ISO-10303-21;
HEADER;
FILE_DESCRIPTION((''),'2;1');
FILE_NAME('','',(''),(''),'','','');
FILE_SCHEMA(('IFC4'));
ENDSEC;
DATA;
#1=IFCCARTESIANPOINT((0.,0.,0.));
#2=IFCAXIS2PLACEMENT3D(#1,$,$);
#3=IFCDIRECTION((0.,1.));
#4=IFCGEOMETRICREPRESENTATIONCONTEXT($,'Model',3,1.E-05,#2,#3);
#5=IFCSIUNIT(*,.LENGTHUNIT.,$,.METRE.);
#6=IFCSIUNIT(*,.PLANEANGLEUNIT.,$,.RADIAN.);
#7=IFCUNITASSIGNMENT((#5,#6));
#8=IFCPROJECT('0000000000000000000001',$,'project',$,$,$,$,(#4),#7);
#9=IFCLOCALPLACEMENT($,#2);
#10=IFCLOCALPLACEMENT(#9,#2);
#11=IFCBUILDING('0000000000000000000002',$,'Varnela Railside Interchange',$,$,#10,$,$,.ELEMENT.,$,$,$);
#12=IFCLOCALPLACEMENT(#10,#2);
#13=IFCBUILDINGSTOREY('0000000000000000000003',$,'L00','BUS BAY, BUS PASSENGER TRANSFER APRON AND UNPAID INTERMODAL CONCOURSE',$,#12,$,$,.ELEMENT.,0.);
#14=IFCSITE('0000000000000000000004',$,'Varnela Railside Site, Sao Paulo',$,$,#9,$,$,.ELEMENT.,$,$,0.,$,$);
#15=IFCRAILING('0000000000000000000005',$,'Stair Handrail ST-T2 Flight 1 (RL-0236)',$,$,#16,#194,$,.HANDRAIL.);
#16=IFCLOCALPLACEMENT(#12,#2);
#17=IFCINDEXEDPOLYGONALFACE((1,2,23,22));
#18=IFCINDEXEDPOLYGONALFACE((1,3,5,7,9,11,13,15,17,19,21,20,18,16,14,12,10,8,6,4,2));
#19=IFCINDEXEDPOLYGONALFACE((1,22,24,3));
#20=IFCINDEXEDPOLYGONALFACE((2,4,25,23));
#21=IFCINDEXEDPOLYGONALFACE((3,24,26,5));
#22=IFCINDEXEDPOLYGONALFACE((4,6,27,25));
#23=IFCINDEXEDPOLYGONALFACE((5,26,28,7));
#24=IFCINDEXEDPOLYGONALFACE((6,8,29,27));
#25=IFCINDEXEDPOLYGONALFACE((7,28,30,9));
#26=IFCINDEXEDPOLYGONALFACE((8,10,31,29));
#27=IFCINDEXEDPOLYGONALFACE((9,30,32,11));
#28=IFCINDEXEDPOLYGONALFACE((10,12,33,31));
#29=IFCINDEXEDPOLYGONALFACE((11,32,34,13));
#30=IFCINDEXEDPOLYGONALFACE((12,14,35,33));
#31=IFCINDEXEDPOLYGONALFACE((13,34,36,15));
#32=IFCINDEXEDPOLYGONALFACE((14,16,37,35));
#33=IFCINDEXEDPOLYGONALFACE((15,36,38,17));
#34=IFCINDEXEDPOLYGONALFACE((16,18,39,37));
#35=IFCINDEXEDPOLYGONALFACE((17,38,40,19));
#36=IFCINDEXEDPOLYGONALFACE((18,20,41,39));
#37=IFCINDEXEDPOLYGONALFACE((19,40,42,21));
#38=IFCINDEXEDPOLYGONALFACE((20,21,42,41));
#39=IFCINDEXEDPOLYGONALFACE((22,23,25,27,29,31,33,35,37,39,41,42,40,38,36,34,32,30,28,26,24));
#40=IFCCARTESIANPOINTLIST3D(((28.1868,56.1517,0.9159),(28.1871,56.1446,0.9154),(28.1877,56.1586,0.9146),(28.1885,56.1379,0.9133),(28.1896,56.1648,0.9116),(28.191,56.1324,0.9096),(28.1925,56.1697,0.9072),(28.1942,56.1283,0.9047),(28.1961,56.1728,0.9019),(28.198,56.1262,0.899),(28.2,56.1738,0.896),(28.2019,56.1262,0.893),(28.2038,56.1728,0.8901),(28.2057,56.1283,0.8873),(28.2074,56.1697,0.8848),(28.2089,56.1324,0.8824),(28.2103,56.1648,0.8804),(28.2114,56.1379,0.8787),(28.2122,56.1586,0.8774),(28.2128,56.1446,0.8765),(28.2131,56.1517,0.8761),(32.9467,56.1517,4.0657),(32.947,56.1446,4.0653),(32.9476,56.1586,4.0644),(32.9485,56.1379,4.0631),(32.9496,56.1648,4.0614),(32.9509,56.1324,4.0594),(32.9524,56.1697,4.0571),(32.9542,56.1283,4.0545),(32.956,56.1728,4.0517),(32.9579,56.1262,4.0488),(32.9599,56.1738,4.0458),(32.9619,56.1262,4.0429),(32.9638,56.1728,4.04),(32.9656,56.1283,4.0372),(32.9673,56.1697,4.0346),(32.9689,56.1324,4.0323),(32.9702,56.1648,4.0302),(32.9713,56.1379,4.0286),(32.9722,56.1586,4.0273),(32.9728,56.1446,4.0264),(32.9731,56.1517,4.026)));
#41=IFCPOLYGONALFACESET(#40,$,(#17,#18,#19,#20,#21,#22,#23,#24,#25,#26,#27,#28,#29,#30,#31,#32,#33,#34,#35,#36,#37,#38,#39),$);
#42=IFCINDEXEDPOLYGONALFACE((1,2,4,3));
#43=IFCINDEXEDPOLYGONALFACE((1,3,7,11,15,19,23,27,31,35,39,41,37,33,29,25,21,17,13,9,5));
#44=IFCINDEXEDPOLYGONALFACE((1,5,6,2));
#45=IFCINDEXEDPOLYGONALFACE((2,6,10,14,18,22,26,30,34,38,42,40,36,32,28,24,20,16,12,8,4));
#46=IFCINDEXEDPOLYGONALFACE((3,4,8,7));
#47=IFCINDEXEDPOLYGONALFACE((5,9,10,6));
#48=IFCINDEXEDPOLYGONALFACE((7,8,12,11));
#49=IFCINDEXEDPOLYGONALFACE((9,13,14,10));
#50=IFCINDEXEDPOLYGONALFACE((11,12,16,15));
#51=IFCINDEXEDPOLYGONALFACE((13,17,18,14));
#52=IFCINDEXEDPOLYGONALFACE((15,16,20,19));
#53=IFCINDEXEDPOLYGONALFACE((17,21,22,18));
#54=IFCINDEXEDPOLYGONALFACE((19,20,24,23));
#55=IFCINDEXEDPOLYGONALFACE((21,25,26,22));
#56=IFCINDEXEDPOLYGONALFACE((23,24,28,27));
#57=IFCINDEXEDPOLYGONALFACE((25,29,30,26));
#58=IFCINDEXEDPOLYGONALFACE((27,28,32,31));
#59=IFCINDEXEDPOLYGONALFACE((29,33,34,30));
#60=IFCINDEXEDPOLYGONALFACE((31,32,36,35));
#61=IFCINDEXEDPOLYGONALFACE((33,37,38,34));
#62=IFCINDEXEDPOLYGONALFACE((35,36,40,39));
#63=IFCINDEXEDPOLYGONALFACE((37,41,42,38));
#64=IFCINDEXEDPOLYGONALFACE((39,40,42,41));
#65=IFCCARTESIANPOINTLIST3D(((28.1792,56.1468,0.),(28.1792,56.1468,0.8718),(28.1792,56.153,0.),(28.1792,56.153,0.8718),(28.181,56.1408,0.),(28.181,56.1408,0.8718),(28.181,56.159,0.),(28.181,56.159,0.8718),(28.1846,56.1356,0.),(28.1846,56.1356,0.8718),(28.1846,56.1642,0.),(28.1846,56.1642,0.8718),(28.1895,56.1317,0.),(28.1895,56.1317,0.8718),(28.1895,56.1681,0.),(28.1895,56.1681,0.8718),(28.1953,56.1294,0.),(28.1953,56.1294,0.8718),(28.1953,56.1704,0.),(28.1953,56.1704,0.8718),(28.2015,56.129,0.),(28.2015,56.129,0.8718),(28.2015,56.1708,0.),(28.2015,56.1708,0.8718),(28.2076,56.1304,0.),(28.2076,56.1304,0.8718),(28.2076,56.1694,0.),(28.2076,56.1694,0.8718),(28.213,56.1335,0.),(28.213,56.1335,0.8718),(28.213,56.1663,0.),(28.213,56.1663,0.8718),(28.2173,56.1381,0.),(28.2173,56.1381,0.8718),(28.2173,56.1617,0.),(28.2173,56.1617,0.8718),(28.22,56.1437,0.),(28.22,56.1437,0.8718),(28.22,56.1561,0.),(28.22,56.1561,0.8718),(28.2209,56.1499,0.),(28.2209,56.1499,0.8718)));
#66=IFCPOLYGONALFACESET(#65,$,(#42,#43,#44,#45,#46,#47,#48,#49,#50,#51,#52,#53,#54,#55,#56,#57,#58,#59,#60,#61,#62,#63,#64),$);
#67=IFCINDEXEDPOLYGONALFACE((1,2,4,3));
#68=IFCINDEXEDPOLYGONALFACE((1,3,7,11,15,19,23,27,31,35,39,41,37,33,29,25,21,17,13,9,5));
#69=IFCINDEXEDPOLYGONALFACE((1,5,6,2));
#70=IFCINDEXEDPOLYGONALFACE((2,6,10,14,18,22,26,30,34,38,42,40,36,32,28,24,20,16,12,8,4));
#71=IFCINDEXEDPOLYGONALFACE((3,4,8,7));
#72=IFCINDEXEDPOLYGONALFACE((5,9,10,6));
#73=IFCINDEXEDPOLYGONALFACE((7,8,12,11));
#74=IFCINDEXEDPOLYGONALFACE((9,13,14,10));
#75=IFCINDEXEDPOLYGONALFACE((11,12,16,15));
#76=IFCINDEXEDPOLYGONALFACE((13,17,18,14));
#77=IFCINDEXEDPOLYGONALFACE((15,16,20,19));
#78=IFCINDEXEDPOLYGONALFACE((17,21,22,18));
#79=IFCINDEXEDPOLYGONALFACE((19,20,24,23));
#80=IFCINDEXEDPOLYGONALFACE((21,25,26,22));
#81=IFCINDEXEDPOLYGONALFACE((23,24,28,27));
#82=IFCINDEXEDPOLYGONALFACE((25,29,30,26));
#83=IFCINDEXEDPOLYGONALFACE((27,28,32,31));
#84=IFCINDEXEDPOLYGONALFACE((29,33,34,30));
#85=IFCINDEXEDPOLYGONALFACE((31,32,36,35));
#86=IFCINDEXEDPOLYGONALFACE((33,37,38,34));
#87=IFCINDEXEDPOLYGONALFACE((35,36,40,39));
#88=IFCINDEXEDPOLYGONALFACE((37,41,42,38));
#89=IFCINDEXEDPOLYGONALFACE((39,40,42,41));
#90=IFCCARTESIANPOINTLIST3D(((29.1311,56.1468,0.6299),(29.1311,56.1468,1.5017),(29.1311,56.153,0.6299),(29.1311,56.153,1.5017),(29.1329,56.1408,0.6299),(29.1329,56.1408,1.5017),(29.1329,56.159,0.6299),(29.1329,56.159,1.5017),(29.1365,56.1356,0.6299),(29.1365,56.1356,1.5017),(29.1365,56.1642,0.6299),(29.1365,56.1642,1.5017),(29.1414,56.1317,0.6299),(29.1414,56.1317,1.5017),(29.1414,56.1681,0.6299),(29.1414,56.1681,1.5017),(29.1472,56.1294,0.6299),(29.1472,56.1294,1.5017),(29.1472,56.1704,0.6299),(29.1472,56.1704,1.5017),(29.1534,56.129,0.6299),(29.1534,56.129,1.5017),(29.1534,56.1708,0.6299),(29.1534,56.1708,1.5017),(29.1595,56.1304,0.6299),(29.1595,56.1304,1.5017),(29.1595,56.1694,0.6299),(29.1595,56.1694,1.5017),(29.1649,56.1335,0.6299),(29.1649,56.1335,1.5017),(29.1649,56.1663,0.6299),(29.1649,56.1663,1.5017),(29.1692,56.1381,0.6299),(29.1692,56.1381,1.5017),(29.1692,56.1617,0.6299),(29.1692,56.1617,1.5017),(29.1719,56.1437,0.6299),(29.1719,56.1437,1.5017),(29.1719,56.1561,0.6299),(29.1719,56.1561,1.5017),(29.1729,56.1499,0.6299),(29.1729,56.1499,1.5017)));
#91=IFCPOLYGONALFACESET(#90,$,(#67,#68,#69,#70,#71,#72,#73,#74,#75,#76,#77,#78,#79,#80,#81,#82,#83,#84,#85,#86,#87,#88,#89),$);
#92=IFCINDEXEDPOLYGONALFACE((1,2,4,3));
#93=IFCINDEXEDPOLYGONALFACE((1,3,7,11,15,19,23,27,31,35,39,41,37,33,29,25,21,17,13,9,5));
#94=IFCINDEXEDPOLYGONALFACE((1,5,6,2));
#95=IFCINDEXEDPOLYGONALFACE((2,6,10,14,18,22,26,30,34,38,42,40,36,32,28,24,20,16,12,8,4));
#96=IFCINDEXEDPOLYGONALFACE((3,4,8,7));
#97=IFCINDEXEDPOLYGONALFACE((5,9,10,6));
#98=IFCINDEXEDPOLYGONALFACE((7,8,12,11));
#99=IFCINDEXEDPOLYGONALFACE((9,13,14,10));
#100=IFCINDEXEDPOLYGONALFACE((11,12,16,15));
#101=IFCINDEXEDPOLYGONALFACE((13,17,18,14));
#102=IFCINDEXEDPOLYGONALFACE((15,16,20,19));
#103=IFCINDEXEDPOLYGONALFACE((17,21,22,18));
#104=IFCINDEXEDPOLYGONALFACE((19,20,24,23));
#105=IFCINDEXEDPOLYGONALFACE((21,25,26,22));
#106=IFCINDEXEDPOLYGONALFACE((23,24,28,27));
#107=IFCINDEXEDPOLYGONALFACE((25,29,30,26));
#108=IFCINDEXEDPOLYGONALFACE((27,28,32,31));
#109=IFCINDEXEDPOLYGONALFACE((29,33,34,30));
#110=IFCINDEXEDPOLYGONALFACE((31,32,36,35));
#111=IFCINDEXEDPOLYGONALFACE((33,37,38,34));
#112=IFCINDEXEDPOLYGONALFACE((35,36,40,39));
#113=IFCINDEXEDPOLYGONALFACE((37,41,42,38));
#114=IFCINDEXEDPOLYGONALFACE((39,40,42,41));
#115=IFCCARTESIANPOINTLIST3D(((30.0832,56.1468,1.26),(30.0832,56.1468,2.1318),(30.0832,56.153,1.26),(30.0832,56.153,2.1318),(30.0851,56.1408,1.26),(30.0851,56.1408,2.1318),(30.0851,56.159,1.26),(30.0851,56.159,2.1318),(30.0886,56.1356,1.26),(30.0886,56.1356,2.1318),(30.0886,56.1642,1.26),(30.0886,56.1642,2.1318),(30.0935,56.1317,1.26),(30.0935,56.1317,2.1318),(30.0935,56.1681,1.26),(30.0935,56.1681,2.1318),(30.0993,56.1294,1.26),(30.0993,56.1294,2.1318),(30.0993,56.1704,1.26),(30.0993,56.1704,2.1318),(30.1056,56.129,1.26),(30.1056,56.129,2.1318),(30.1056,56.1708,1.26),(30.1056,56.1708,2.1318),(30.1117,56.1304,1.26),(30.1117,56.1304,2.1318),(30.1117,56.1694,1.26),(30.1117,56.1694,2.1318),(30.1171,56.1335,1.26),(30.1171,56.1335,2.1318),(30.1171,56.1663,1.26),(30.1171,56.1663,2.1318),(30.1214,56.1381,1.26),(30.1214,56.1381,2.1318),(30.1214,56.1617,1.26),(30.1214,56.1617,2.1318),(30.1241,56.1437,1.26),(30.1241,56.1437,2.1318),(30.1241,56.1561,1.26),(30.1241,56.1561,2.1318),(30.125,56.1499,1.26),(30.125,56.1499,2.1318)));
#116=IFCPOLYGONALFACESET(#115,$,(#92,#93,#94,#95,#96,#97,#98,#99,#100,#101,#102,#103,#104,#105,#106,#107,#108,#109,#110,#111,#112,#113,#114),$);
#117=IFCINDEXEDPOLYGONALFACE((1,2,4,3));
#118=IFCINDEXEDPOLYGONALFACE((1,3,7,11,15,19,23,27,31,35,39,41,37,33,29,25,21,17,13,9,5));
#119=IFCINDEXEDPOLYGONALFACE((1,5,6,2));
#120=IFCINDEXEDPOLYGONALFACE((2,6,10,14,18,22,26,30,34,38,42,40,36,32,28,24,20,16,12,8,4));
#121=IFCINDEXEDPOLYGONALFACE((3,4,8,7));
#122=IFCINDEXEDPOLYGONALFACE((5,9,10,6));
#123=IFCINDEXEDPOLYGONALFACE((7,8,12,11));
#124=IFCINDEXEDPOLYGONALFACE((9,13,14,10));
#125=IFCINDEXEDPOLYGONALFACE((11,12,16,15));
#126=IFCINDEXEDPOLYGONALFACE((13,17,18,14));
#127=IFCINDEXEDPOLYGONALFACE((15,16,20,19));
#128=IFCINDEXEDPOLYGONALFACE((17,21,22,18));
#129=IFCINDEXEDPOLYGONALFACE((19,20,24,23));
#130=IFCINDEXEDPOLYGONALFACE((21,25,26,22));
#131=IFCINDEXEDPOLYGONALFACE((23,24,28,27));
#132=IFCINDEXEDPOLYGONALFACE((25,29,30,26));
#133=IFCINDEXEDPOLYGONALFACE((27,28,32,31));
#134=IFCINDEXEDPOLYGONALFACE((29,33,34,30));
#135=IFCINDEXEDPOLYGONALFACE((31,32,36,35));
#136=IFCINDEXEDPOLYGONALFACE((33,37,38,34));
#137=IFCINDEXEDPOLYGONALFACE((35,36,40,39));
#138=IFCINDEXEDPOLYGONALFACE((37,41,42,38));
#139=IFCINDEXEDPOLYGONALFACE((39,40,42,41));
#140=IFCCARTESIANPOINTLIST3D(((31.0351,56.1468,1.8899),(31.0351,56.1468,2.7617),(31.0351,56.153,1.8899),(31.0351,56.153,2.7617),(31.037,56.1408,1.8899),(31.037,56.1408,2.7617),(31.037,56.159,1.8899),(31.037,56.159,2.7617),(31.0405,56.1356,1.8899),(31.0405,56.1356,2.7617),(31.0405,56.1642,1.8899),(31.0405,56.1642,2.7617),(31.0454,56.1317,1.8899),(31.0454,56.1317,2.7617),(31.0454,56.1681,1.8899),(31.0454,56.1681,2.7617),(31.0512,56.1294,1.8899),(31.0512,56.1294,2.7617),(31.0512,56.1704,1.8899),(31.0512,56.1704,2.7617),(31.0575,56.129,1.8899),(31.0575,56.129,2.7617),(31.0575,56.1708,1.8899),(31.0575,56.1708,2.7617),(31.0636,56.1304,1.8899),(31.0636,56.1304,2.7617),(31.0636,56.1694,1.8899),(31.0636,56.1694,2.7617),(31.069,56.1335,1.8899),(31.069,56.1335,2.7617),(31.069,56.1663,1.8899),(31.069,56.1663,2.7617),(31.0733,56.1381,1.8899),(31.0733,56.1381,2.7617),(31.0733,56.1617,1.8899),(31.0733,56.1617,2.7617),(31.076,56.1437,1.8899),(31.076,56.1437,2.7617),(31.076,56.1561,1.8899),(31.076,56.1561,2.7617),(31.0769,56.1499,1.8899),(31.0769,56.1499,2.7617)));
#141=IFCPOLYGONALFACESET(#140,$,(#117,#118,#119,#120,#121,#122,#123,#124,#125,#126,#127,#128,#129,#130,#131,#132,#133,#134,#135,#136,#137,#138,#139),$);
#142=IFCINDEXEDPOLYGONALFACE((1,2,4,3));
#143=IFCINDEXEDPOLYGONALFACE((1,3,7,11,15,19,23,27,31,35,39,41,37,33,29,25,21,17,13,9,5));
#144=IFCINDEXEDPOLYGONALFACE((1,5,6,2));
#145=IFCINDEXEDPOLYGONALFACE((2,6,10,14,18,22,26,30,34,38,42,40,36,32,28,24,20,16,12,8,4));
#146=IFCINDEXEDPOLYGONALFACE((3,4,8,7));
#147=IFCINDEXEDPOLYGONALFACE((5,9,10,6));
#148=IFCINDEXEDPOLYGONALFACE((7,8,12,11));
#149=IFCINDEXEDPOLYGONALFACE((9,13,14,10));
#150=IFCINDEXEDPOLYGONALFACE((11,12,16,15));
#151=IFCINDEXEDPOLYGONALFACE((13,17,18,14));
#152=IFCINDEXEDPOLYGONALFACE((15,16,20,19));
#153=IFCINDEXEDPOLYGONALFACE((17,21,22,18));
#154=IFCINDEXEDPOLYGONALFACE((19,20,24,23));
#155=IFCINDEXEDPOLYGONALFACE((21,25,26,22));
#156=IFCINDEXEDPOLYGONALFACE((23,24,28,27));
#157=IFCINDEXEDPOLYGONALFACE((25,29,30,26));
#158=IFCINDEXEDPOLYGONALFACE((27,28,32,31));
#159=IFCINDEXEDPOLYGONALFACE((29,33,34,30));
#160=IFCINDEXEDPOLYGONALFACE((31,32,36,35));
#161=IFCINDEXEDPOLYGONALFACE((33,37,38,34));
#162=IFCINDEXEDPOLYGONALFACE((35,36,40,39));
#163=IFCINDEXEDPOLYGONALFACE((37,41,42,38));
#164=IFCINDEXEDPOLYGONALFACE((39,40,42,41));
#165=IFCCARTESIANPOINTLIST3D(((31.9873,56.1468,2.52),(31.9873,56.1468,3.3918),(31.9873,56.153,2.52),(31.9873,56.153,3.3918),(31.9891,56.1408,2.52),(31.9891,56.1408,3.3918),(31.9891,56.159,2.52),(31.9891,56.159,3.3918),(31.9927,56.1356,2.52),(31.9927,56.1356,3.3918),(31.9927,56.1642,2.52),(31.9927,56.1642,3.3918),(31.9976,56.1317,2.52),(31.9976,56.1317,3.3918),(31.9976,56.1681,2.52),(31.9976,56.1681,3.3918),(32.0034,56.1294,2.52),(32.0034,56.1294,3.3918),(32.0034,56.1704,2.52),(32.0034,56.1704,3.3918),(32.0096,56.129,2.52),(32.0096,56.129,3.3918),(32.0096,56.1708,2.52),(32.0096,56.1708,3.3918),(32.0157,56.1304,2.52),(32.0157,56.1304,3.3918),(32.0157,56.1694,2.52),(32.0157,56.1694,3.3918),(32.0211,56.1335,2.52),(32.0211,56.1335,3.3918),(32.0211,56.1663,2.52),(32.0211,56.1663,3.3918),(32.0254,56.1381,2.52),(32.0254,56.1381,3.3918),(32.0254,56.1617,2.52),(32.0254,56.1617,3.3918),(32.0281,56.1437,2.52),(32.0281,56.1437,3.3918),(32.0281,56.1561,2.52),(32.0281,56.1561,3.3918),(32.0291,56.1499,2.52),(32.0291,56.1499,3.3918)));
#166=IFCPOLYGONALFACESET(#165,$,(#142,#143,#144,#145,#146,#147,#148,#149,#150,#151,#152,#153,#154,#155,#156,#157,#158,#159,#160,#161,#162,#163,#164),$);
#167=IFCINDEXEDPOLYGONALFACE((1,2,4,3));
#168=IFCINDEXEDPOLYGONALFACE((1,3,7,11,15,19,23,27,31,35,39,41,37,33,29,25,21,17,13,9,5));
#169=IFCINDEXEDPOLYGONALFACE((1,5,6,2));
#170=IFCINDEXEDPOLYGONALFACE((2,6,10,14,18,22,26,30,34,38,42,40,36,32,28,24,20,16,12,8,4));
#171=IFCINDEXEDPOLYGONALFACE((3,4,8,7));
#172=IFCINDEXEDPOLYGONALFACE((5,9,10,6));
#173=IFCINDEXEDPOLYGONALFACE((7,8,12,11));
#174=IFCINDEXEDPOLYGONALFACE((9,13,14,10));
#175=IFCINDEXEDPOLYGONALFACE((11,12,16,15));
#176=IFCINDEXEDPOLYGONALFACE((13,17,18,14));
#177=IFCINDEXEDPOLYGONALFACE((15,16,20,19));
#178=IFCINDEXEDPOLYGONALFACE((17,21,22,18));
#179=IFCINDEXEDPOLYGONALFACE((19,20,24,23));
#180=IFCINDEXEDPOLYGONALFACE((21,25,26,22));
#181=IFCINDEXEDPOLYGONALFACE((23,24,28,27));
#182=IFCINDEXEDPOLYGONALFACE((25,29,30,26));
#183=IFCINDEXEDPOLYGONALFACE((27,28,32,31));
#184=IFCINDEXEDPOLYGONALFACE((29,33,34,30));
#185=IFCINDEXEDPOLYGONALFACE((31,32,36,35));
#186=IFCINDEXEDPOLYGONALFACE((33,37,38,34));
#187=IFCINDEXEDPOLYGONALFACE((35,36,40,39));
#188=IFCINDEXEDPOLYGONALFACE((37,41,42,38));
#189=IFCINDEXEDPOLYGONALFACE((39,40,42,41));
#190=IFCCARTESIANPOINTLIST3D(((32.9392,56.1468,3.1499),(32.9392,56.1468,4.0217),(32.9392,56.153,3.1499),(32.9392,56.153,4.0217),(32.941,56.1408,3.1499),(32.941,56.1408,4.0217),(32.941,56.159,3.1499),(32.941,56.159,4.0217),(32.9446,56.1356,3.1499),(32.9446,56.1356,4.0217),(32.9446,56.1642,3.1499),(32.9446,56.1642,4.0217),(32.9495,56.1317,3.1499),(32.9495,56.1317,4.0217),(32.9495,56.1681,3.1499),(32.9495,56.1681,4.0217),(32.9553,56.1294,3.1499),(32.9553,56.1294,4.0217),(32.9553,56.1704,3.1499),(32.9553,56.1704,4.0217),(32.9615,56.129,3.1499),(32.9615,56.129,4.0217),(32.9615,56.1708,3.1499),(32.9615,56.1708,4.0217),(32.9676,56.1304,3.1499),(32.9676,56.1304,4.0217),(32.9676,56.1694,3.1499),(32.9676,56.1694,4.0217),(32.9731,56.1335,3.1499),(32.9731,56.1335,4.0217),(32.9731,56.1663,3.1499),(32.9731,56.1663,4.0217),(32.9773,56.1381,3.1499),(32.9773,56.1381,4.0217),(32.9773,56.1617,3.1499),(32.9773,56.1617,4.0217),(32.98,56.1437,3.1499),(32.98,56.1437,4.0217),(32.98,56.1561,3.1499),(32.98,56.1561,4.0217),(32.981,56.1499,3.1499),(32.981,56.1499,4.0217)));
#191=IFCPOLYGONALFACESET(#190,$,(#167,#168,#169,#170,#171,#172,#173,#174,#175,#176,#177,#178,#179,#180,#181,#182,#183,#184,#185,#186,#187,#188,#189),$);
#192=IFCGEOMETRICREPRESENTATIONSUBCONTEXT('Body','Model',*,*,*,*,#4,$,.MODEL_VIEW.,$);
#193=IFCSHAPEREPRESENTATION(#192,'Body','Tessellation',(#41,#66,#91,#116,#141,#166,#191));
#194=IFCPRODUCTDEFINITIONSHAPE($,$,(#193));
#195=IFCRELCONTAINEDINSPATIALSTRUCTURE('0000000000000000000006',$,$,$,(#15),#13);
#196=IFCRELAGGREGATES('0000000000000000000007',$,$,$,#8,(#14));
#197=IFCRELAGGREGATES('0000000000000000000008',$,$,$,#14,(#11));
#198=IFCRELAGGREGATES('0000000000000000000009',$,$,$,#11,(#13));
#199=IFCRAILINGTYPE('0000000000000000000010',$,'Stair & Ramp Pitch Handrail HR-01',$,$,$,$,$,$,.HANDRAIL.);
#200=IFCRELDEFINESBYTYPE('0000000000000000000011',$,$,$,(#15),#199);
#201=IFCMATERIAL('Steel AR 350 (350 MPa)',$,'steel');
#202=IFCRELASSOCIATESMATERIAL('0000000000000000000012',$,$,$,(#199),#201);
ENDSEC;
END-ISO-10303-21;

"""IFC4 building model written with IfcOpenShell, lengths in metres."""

from ifc_helpers import new_model, si_unit, direction, frame, origin, origin_2d, place, context, subcontext, project, spatial, circle, extrude, material, type_object, element, save


model = new_model("IFC4")

# Units and contexts
model_context = context("Model", 3, precision=1e-05, world=origin(), true_north=direction((0.0, 1.0)))
body_context = subcontext(model_context, "Body", "Model", "MODEL_VIEW")
ifc_project = project(units=[si_unit("LENGTHUNIT", "METRE"), si_unit("PLANEANGLEUNIT", "RADIAN")], contexts=[model_context])

# Site, building, storey
site_placement = place(None, origin())
site = spatial("IfcSite", under=ifc_project, at=site_placement, Name="Varnela Railside Site, Sao Paulo", CompositionType="ELEMENT", RefElevation=0.0)
building_placement = place(site_placement, origin())
building = spatial("IfcBuilding", under=site, at=building_placement, Name="Varnela Railside Interchange", CompositionType="ELEMENT")
storey_placement = place(building_placement, origin())
storey = spatial("IfcBuildingStorey", under=building, at=storey_placement, Name="L00", Description="BUS BAY, BUS PASSENGER TRANSFER APRON AND UNPAID INTERMODAL CONCOURSE", CompositionType="ELEMENT", Elevation=0.0)

# Shared definitions
ifc_material_1 = material(Name="Steel AR 350 (350 MPa)", Category="steel")

# Railing
railing_type_1 = type_object("IfcRailingType", Name="Stair & Ramp Pitch Handrail HR-01", PredefinedType="HANDRAIL", material=ifc_material_1)
railing_1_placement = place(storey_placement, frame((28.2, 56.1499, 0.0)))
element("IfcRailing", 1, at=railing_1_placement, inside=storey, type_object=railing_type_1, Name="Stair Handrail ST-T2 Flight 1 (RL-0236)", PredefinedType="HANDRAIL", context=body_context, shape_type="SweptSolid", body=[
    extrude(circle(Radius=0.0239, at=origin_2d()), frame((0.0, 0.0, 0.896), z_axis=(0.833941, 0.0, 0.551854), x_axis=(0.0, 1.0, 0.0)), (0.0, 0.0, 1.0), 5.7078),
    extrude(circle(Radius=0.021, at=origin_2d()), origin(), (0.0, 0.0, 1.0), 0.8718),
    extrude(circle(Radius=0.021, at=origin_2d()), frame((0.9519, 0.0, 0.6299)), (0.0, 0.0, 1.0), 0.8718),
    extrude(circle(Radius=0.021, at=origin_2d()), frame((1.9041, 0.0, 1.26)), (0.0, 0.0, 1.0), 0.8718),
    extrude(circle(Radius=0.021, at=origin_2d()), frame((2.856, 0.0, 1.8899)), (0.0, 0.0, 1.0), 0.8718),
    extrude(circle(Radius=0.021, at=origin_2d()), frame((3.8081, 0.0, 2.52)), (0.0, 0.0, 1.0), 0.8718),
    extrude(circle(Radius=0.021, at=origin_2d()), frame((4.76, 0.0, 3.1499)), (0.0, 0.0, 1.0), 0.8718),
])

save(model, "model.ifc")
